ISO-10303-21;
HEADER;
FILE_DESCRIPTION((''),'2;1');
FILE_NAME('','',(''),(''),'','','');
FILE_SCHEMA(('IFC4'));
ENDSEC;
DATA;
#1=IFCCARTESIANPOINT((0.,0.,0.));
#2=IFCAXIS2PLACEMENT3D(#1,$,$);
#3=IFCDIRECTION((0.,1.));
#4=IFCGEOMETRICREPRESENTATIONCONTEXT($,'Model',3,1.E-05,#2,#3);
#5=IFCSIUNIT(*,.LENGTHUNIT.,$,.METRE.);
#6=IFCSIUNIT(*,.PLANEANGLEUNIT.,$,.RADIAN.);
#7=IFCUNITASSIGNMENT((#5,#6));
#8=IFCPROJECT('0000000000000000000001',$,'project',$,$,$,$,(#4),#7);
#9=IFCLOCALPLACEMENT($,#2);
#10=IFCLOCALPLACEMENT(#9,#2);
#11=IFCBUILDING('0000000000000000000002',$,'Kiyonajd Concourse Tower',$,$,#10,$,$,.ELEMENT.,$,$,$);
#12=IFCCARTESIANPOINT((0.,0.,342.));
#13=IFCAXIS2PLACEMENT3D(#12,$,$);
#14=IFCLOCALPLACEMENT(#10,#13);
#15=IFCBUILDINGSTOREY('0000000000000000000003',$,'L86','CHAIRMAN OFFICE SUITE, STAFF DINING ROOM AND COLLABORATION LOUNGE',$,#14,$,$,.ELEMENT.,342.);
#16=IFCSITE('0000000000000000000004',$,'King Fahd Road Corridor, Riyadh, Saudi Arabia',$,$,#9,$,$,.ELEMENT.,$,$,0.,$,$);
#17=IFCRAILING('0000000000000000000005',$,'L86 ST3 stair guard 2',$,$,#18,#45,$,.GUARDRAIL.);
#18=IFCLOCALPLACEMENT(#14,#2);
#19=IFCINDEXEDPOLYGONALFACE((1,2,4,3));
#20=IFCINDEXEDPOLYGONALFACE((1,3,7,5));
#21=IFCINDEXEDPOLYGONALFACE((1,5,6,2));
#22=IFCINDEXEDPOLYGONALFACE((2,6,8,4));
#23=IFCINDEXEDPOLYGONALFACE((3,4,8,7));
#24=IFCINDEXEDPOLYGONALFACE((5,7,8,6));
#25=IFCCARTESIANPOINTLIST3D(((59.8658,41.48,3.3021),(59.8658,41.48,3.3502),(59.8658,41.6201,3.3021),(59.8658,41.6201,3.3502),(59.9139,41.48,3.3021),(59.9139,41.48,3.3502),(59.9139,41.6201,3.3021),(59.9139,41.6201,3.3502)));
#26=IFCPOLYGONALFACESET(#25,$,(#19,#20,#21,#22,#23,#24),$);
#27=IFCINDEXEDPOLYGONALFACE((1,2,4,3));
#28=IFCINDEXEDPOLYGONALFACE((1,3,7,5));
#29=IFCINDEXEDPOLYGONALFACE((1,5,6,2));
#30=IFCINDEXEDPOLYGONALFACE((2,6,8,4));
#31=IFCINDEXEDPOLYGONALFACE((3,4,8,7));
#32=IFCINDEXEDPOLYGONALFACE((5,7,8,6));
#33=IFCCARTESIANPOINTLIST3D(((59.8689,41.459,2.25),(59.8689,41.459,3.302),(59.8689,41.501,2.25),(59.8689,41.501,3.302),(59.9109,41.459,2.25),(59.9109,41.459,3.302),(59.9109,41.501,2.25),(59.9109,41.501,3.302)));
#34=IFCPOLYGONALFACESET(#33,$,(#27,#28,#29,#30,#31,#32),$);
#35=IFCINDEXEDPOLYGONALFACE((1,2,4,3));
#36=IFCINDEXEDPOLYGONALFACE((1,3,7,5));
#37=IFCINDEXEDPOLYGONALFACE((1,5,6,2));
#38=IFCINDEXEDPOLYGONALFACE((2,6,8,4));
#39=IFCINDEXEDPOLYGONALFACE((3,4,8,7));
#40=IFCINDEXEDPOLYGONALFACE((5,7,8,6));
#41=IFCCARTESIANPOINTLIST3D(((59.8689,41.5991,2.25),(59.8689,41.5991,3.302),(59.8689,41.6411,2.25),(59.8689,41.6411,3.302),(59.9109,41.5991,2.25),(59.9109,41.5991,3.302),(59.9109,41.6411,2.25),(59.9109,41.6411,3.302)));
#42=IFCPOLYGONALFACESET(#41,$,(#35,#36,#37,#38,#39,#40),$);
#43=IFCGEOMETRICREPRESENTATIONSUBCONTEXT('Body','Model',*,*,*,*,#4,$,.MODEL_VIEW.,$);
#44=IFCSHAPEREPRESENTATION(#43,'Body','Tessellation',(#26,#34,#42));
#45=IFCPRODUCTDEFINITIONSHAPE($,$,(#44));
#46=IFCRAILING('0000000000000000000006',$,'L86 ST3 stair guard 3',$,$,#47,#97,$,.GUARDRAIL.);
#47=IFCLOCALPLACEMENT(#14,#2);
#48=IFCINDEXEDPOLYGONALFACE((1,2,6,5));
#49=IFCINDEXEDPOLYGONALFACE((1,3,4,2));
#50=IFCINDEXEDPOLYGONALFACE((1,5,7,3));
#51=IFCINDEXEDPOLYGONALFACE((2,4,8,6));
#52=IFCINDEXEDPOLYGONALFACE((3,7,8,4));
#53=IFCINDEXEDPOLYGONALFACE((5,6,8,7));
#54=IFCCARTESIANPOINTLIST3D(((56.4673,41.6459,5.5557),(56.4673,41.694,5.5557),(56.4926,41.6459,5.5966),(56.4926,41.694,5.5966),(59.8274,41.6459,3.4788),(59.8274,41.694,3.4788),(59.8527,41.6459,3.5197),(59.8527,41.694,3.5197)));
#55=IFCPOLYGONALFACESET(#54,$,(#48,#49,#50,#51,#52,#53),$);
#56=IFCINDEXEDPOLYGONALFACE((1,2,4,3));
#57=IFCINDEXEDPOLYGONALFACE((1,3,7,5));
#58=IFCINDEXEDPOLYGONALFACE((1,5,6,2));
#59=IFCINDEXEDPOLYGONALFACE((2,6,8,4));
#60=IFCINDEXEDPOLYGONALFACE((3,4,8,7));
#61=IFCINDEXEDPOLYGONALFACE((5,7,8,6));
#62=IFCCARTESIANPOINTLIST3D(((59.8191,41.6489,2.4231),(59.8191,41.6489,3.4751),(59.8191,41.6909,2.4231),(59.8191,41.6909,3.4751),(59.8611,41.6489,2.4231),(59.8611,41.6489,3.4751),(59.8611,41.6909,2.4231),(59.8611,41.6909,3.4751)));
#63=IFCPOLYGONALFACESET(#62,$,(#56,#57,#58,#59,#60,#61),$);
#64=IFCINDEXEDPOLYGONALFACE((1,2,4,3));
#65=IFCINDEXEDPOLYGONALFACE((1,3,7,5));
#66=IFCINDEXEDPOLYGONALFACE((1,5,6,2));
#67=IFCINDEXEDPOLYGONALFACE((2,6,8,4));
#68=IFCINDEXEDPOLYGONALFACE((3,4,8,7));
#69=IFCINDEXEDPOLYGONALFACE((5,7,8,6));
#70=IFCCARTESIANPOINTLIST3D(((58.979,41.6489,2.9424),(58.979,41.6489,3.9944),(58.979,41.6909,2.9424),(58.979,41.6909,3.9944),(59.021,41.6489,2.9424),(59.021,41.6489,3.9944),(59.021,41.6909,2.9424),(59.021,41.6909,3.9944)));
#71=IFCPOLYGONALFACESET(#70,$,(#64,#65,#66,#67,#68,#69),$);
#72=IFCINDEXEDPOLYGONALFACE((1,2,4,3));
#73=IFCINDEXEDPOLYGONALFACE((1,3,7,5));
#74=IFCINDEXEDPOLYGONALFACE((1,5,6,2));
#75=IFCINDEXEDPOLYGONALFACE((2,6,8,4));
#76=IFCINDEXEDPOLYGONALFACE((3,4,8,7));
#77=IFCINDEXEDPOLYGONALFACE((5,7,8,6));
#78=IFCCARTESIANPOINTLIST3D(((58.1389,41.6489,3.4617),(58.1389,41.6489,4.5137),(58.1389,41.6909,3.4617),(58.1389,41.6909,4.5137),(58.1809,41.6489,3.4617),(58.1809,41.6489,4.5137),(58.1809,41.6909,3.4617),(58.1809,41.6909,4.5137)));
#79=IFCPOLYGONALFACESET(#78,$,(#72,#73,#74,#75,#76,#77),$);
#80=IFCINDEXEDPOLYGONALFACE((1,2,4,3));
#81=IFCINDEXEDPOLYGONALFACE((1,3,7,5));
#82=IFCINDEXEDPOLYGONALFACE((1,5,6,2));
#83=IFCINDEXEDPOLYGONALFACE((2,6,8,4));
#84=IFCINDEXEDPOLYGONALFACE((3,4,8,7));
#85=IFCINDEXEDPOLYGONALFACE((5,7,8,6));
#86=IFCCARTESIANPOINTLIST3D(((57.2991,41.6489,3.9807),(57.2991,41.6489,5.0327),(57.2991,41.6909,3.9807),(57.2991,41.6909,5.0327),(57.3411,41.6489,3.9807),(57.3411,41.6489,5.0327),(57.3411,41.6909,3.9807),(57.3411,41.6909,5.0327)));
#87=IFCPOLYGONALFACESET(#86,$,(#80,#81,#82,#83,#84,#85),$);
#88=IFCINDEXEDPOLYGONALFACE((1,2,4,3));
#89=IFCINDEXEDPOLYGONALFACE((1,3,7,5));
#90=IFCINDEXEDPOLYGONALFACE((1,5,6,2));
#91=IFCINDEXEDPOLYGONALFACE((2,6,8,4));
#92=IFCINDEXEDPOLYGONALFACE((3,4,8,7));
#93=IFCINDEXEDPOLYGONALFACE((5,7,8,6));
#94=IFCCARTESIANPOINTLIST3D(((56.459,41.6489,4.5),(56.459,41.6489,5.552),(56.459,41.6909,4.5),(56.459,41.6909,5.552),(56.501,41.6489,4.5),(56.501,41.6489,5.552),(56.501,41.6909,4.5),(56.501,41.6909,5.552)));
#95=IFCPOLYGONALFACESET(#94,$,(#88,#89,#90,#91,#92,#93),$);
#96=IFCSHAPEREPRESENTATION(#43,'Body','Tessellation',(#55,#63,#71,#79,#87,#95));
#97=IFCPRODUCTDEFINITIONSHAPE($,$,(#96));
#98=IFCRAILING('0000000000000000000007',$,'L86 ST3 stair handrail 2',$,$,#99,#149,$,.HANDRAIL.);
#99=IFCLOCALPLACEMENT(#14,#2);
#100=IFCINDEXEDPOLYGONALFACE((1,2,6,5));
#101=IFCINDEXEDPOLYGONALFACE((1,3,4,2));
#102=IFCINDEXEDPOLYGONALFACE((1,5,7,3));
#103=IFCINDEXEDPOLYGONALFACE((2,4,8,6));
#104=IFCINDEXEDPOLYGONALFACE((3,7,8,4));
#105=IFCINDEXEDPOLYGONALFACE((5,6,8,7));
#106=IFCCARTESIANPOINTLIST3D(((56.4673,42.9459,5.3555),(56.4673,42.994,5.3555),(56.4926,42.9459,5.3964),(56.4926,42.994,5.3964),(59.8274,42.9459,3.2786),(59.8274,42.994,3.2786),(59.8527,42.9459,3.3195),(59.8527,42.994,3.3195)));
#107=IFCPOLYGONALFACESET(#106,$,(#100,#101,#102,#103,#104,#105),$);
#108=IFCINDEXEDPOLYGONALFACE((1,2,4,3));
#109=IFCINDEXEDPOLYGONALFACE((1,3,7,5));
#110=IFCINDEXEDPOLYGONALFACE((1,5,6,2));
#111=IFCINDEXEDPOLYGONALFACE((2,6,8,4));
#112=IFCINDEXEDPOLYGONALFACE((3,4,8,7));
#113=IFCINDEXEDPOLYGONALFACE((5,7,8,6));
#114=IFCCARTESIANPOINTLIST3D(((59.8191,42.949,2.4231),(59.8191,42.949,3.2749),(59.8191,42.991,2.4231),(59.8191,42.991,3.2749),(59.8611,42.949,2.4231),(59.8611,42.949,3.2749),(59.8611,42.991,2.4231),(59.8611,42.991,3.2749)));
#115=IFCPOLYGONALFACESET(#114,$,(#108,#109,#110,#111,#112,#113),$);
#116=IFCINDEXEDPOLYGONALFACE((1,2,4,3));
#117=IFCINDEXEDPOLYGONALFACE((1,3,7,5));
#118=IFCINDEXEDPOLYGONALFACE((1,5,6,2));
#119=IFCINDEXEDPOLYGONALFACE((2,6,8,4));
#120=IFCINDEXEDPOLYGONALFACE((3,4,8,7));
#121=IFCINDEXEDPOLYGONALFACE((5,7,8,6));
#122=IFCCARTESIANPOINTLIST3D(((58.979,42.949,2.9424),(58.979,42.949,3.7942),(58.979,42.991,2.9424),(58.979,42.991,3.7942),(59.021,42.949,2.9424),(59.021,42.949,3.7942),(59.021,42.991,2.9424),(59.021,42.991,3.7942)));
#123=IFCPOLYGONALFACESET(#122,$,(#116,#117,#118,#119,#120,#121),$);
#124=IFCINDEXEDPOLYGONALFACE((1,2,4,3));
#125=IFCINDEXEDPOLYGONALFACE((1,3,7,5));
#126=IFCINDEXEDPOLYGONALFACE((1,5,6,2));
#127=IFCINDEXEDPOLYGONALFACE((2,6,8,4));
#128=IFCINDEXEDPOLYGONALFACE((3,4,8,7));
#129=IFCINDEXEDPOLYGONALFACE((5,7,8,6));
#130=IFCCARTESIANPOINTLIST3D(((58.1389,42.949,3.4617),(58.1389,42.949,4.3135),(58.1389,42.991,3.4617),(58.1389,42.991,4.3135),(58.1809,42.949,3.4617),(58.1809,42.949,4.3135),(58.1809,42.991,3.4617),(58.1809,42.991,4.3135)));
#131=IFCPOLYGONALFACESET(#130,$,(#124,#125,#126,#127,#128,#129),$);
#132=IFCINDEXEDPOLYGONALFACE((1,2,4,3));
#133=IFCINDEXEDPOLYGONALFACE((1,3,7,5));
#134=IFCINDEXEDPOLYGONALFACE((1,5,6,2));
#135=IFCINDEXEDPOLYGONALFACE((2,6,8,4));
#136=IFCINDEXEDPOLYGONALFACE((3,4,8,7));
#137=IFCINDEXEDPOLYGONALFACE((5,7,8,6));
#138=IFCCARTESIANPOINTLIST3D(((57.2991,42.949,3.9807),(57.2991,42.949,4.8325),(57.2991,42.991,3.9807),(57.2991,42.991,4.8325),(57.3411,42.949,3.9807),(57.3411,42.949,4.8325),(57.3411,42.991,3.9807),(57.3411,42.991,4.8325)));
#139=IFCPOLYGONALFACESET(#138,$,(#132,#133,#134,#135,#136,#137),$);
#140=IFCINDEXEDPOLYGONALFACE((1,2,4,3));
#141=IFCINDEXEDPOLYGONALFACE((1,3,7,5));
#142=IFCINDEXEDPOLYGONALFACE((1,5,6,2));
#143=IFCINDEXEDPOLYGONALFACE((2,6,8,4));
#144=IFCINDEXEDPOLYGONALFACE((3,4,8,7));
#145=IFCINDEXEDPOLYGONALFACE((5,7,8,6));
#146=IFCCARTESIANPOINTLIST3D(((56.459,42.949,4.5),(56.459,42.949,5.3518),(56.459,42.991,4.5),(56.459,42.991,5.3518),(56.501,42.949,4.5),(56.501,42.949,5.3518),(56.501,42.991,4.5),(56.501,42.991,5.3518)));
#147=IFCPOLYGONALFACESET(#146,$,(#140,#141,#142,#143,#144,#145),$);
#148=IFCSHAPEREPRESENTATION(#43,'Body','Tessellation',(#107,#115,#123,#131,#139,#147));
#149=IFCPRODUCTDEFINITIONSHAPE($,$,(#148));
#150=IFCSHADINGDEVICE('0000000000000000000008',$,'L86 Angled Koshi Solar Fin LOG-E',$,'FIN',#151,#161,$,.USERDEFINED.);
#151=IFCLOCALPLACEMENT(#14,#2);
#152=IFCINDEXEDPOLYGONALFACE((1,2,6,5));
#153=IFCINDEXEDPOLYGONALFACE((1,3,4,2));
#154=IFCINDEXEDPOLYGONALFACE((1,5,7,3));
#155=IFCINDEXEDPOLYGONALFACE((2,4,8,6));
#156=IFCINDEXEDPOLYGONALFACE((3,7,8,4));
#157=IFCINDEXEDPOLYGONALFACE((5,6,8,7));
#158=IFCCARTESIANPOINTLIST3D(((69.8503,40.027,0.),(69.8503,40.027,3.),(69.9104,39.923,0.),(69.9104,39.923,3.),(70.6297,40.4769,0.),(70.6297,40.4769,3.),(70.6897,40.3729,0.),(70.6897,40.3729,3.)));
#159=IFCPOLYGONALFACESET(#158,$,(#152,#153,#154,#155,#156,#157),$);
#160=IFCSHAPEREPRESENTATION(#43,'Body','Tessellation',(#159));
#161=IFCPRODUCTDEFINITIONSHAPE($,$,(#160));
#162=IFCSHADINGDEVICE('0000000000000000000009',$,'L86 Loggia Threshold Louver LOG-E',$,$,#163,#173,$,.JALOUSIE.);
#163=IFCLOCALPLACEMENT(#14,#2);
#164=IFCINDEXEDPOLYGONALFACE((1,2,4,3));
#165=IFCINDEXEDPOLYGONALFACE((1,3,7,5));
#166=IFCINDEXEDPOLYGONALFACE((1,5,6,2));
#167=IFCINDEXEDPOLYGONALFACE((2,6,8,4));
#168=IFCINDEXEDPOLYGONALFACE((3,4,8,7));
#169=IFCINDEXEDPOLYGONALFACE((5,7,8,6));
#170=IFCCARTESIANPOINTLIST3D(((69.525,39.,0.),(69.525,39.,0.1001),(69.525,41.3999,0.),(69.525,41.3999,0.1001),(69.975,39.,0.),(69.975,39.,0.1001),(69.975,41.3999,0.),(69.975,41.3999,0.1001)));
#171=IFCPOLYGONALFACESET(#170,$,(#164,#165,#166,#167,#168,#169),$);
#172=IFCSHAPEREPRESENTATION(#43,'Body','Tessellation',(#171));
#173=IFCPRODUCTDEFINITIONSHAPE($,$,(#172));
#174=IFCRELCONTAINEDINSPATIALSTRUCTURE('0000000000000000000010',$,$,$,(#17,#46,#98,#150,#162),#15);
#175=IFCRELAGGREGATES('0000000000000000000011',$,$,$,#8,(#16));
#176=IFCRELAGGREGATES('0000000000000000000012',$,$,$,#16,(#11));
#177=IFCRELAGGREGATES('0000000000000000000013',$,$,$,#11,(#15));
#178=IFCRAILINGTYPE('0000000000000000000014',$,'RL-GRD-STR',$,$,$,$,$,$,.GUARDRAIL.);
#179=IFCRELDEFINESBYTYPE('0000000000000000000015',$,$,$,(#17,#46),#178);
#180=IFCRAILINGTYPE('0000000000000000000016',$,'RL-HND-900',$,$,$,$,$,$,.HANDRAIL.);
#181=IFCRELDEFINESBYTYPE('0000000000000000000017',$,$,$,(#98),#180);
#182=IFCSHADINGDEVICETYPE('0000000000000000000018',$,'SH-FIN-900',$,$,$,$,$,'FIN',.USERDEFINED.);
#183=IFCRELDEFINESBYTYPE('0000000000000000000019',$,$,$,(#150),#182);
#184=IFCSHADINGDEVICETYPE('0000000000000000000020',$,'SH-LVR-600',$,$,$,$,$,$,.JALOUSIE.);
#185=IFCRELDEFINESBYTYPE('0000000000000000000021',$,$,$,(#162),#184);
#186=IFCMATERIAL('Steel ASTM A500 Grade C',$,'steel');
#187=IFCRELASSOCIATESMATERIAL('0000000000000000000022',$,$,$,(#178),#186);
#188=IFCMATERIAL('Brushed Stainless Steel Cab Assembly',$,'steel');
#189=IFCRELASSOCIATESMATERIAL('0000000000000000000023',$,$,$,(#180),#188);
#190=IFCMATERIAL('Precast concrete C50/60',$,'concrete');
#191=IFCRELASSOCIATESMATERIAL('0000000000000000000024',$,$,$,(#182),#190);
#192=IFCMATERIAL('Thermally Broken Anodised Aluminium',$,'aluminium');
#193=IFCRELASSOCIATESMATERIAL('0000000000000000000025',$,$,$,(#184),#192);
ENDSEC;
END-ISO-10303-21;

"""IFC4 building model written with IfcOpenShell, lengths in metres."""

from ifc_helpers import new_model, si_unit, direction, frame, origin, origin_2d, place, context, subcontext, project, spatial, rectangle, extrude, material, type_object, element, save


model = new_model("IFC4")

# Units and contexts
model_context = context("Model", 3, precision=1e-05, world=origin(), true_north=direction((0.0, 1.0)))
body_context = subcontext(model_context, "Body", "Model", "MODEL_VIEW")
ifc_project = project(units=[si_unit("LENGTHUNIT", "METRE"), si_unit("PLANEANGLEUNIT", "RADIAN")], contexts=[model_context])

# Site, building, storey
site_placement = place(None, origin())
site = spatial("IfcSite", under=ifc_project, at=site_placement, Name="King Fahd Road Corridor, Riyadh, Saudi Arabia", CompositionType="ELEMENT", RefElevation=0.0)
building_placement = place(site_placement, origin())
building = spatial("IfcBuilding", under=site, at=building_placement, Name="Kiyonajd Concourse Tower", CompositionType="ELEMENT")
storey_placement = place(building_placement, frame((0.0, 0.0, 342.0)))
storey = spatial("IfcBuildingStorey", under=building, at=storey_placement, Name="L86", Description="CHAIRMAN OFFICE SUITE, STAFF DINING ROOM AND COLLABORATION LOUNGE", CompositionType="ELEMENT", Elevation=342.0)

# Shared definitions
ifc_material_1 = material(Name="Thermally Broken Anodised Aluminium", Category="aluminium")

# Shared definitions
ifc_material_2 = material(Name="Precast concrete C50/60", Category="concrete")

# Shared definitions
ifc_material_3 = material(Name="Brushed Stainless Steel Cab Assembly", Category="steel")

# Railings
ifc_material_4 = material(Name="Steel ASTM A500 Grade C", Category="steel")
railing_type_1 = type_object("IfcRailingType", Name="RL-GRD-STR", PredefinedType="GUARDRAIL", material=ifc_material_4)
railing_1_placement = place(storey_placement, frame((59.8899, 41.48, 2.25)))
element("IfcRailing", 1, at=railing_1_placement, inside=storey, type_object=railing_type_1, Name="L86 ST3 stair guard 2", PredefinedType="GUARDRAIL", context=body_context, shape_type="SweptSolid", body=[
    extrude(rectangle(XDim=0.0481, YDim=0.0481, at=origin_2d()), frame((0.0, 0.0, 1.0762), z_axis=(0.0, 1.0, 0.0), x_axis=(-1.0, 0.0, 0.0)), (0.0, 0.0, 1.0), 0.1401),
    extrude(rectangle(XDim=0.042, YDim=0.042, at=origin_2d()), origin(), (0.0, 0.0, 1.0), 1.052),
    extrude(rectangle(XDim=0.042, YDim=0.042, at=origin_2d()), frame((0.0, 0.1401, 0.0)), (0.0, 0.0, 1.0), 1.052),
])
railing_2_placement = place(storey_placement, frame((59.8401, 41.6699, 2.4231)))
element("IfcRailing", 2, at=railing_2_placement, inside=storey, type_object=railing_type_1, Name="L86 ST3 stair guard 3", PredefinedType="GUARDRAIL", context=body_context, shape_type="SweptSolid", body=[
    extrude(rectangle(XDim=0.0481, YDim=0.0481, at=origin_2d()), frame((0.0, 0.0, 1.0762), z_axis=(-0.850623, 0.0, 0.525776), x_axis=(0.0, -1.0, 0.0)), (0.0, 0.0, 1.0), 3.9502),
    extrude(rectangle(XDim=0.042, YDim=0.042, at=origin_2d()), origin(), (0.0, 0.0, 1.0), 1.052),
    extrude(rectangle(XDim=0.042, YDim=0.042, at=origin_2d()), frame((-0.8401, 0.0, 0.5193)), (0.0, 0.0, 1.0), 1.052),
    extrude(rectangle(XDim=0.042, YDim=0.042, at=origin_2d()), frame((-1.6802, 0.0, 1.0386)), (0.0, 0.0, 1.0), 1.052),
    extrude(rectangle(XDim=0.042, YDim=0.042, at=origin_2d()), frame((-2.52, 0.0, 1.5576)), (0.0, 0.0, 1.0), 1.052),
    extrude(rectangle(XDim=0.042, YDim=0.042, at=origin_2d()), frame((-3.3601, 0.0, 2.0769)), (0.0, 0.0, 1.0), 1.052),
])
railing_type_2 = type_object("IfcRailingType", Name="RL-HND-900", PredefinedType="HANDRAIL", material=ifc_material_3)
railing_3_placement = place(storey_placement, frame((59.8401, 42.97, 2.4231)))
element("IfcRailing", 3, at=railing_3_placement, inside=storey, type_object=railing_type_2, Name="L86 ST3 stair handrail 2", PredefinedType="HANDRAIL", context=body_context, shape_type="SweptSolid", body=[
    extrude(rectangle(XDim=0.0481, YDim=0.0481, at=origin_2d()), frame((0.0, 0.0, 0.876), z_axis=(-0.850623, 0.0, 0.525776), x_axis=(0.0, -1.0, 0.0)), (0.0, 0.0, 1.0), 3.9502),
    extrude(rectangle(XDim=0.042, YDim=0.042, at=origin_2d()), origin(), (0.0, 0.0, 1.0), 0.8518),
    extrude(rectangle(XDim=0.042, YDim=0.042, at=origin_2d()), frame((-0.8401, 0.0, 0.5193)), (0.0, 0.0, 1.0), 0.8518),
    extrude(rectangle(XDim=0.042, YDim=0.042, at=origin_2d()), frame((-1.6802, 0.0, 1.0386)), (0.0, 0.0, 1.0), 0.8518),
    extrude(rectangle(XDim=0.042, YDim=0.042, at=origin_2d()), frame((-2.52, 0.0, 1.5576)), (0.0, 0.0, 1.0), 0.8518),
    extrude(rectangle(XDim=0.042, YDim=0.042, at=origin_2d()), frame((-3.3601, 0.0, 2.0769)), (0.0, 0.0, 1.0), 0.8518),
])

# Shading devices
shading_device_type_1 = type_object("IfcShadingDeviceType", Name="SH-FIN-900", ElementType="FIN", PredefinedType="USERDEFINED", material=ifc_material_2)
shading_device_1_placement = place(storey_placement, frame((70.27, 40.2, 0.0), z_axis=(0.0, 0.0, 1.0), x_axis=(0.866025, 0.5, 0.0)))
element("IfcShadingDevice", 4, at=shading_device_1_placement, inside=storey, type_object=shading_device_type_1, Name="L86 Angled Koshi Solar Fin LOG-E", ObjectType="FIN", PredefinedType="USERDEFINED", context=body_context, shape_type="SweptSolid", body=[
    extrude(rectangle(XDim=0.8999, YDim=0.1201, at=origin_2d()), origin(), (0.0, 0.0, 1.0), 3.0),
])
shading_device_type_2 = type_object("IfcShadingDeviceType", Name="SH-LVR-600", PredefinedType="JALOUSIE", material=ifc_material_1)
shading_device_2_placement = place(storey_placement, frame((69.75, 40.2, 0.0), z_axis=(0.0, 0.0, 1.0), x_axis=(0.0, 1.0, 0.0)))
element("IfcShadingDevice", 5, at=shading_device_2_placement, inside=storey, type_object=shading_device_type_2, Name="L86 Loggia Threshold Louver LOG-E", PredefinedType="JALOUSIE", context=body_context, shape_type="SweptSolid", body=[
    extrude(rectangle(XDim=2.3999, YDim=0.45, at=origin_2d()), origin(), (0.0, 0.0, 1.0), 0.1001),
])

save(model, "model.ifc")
